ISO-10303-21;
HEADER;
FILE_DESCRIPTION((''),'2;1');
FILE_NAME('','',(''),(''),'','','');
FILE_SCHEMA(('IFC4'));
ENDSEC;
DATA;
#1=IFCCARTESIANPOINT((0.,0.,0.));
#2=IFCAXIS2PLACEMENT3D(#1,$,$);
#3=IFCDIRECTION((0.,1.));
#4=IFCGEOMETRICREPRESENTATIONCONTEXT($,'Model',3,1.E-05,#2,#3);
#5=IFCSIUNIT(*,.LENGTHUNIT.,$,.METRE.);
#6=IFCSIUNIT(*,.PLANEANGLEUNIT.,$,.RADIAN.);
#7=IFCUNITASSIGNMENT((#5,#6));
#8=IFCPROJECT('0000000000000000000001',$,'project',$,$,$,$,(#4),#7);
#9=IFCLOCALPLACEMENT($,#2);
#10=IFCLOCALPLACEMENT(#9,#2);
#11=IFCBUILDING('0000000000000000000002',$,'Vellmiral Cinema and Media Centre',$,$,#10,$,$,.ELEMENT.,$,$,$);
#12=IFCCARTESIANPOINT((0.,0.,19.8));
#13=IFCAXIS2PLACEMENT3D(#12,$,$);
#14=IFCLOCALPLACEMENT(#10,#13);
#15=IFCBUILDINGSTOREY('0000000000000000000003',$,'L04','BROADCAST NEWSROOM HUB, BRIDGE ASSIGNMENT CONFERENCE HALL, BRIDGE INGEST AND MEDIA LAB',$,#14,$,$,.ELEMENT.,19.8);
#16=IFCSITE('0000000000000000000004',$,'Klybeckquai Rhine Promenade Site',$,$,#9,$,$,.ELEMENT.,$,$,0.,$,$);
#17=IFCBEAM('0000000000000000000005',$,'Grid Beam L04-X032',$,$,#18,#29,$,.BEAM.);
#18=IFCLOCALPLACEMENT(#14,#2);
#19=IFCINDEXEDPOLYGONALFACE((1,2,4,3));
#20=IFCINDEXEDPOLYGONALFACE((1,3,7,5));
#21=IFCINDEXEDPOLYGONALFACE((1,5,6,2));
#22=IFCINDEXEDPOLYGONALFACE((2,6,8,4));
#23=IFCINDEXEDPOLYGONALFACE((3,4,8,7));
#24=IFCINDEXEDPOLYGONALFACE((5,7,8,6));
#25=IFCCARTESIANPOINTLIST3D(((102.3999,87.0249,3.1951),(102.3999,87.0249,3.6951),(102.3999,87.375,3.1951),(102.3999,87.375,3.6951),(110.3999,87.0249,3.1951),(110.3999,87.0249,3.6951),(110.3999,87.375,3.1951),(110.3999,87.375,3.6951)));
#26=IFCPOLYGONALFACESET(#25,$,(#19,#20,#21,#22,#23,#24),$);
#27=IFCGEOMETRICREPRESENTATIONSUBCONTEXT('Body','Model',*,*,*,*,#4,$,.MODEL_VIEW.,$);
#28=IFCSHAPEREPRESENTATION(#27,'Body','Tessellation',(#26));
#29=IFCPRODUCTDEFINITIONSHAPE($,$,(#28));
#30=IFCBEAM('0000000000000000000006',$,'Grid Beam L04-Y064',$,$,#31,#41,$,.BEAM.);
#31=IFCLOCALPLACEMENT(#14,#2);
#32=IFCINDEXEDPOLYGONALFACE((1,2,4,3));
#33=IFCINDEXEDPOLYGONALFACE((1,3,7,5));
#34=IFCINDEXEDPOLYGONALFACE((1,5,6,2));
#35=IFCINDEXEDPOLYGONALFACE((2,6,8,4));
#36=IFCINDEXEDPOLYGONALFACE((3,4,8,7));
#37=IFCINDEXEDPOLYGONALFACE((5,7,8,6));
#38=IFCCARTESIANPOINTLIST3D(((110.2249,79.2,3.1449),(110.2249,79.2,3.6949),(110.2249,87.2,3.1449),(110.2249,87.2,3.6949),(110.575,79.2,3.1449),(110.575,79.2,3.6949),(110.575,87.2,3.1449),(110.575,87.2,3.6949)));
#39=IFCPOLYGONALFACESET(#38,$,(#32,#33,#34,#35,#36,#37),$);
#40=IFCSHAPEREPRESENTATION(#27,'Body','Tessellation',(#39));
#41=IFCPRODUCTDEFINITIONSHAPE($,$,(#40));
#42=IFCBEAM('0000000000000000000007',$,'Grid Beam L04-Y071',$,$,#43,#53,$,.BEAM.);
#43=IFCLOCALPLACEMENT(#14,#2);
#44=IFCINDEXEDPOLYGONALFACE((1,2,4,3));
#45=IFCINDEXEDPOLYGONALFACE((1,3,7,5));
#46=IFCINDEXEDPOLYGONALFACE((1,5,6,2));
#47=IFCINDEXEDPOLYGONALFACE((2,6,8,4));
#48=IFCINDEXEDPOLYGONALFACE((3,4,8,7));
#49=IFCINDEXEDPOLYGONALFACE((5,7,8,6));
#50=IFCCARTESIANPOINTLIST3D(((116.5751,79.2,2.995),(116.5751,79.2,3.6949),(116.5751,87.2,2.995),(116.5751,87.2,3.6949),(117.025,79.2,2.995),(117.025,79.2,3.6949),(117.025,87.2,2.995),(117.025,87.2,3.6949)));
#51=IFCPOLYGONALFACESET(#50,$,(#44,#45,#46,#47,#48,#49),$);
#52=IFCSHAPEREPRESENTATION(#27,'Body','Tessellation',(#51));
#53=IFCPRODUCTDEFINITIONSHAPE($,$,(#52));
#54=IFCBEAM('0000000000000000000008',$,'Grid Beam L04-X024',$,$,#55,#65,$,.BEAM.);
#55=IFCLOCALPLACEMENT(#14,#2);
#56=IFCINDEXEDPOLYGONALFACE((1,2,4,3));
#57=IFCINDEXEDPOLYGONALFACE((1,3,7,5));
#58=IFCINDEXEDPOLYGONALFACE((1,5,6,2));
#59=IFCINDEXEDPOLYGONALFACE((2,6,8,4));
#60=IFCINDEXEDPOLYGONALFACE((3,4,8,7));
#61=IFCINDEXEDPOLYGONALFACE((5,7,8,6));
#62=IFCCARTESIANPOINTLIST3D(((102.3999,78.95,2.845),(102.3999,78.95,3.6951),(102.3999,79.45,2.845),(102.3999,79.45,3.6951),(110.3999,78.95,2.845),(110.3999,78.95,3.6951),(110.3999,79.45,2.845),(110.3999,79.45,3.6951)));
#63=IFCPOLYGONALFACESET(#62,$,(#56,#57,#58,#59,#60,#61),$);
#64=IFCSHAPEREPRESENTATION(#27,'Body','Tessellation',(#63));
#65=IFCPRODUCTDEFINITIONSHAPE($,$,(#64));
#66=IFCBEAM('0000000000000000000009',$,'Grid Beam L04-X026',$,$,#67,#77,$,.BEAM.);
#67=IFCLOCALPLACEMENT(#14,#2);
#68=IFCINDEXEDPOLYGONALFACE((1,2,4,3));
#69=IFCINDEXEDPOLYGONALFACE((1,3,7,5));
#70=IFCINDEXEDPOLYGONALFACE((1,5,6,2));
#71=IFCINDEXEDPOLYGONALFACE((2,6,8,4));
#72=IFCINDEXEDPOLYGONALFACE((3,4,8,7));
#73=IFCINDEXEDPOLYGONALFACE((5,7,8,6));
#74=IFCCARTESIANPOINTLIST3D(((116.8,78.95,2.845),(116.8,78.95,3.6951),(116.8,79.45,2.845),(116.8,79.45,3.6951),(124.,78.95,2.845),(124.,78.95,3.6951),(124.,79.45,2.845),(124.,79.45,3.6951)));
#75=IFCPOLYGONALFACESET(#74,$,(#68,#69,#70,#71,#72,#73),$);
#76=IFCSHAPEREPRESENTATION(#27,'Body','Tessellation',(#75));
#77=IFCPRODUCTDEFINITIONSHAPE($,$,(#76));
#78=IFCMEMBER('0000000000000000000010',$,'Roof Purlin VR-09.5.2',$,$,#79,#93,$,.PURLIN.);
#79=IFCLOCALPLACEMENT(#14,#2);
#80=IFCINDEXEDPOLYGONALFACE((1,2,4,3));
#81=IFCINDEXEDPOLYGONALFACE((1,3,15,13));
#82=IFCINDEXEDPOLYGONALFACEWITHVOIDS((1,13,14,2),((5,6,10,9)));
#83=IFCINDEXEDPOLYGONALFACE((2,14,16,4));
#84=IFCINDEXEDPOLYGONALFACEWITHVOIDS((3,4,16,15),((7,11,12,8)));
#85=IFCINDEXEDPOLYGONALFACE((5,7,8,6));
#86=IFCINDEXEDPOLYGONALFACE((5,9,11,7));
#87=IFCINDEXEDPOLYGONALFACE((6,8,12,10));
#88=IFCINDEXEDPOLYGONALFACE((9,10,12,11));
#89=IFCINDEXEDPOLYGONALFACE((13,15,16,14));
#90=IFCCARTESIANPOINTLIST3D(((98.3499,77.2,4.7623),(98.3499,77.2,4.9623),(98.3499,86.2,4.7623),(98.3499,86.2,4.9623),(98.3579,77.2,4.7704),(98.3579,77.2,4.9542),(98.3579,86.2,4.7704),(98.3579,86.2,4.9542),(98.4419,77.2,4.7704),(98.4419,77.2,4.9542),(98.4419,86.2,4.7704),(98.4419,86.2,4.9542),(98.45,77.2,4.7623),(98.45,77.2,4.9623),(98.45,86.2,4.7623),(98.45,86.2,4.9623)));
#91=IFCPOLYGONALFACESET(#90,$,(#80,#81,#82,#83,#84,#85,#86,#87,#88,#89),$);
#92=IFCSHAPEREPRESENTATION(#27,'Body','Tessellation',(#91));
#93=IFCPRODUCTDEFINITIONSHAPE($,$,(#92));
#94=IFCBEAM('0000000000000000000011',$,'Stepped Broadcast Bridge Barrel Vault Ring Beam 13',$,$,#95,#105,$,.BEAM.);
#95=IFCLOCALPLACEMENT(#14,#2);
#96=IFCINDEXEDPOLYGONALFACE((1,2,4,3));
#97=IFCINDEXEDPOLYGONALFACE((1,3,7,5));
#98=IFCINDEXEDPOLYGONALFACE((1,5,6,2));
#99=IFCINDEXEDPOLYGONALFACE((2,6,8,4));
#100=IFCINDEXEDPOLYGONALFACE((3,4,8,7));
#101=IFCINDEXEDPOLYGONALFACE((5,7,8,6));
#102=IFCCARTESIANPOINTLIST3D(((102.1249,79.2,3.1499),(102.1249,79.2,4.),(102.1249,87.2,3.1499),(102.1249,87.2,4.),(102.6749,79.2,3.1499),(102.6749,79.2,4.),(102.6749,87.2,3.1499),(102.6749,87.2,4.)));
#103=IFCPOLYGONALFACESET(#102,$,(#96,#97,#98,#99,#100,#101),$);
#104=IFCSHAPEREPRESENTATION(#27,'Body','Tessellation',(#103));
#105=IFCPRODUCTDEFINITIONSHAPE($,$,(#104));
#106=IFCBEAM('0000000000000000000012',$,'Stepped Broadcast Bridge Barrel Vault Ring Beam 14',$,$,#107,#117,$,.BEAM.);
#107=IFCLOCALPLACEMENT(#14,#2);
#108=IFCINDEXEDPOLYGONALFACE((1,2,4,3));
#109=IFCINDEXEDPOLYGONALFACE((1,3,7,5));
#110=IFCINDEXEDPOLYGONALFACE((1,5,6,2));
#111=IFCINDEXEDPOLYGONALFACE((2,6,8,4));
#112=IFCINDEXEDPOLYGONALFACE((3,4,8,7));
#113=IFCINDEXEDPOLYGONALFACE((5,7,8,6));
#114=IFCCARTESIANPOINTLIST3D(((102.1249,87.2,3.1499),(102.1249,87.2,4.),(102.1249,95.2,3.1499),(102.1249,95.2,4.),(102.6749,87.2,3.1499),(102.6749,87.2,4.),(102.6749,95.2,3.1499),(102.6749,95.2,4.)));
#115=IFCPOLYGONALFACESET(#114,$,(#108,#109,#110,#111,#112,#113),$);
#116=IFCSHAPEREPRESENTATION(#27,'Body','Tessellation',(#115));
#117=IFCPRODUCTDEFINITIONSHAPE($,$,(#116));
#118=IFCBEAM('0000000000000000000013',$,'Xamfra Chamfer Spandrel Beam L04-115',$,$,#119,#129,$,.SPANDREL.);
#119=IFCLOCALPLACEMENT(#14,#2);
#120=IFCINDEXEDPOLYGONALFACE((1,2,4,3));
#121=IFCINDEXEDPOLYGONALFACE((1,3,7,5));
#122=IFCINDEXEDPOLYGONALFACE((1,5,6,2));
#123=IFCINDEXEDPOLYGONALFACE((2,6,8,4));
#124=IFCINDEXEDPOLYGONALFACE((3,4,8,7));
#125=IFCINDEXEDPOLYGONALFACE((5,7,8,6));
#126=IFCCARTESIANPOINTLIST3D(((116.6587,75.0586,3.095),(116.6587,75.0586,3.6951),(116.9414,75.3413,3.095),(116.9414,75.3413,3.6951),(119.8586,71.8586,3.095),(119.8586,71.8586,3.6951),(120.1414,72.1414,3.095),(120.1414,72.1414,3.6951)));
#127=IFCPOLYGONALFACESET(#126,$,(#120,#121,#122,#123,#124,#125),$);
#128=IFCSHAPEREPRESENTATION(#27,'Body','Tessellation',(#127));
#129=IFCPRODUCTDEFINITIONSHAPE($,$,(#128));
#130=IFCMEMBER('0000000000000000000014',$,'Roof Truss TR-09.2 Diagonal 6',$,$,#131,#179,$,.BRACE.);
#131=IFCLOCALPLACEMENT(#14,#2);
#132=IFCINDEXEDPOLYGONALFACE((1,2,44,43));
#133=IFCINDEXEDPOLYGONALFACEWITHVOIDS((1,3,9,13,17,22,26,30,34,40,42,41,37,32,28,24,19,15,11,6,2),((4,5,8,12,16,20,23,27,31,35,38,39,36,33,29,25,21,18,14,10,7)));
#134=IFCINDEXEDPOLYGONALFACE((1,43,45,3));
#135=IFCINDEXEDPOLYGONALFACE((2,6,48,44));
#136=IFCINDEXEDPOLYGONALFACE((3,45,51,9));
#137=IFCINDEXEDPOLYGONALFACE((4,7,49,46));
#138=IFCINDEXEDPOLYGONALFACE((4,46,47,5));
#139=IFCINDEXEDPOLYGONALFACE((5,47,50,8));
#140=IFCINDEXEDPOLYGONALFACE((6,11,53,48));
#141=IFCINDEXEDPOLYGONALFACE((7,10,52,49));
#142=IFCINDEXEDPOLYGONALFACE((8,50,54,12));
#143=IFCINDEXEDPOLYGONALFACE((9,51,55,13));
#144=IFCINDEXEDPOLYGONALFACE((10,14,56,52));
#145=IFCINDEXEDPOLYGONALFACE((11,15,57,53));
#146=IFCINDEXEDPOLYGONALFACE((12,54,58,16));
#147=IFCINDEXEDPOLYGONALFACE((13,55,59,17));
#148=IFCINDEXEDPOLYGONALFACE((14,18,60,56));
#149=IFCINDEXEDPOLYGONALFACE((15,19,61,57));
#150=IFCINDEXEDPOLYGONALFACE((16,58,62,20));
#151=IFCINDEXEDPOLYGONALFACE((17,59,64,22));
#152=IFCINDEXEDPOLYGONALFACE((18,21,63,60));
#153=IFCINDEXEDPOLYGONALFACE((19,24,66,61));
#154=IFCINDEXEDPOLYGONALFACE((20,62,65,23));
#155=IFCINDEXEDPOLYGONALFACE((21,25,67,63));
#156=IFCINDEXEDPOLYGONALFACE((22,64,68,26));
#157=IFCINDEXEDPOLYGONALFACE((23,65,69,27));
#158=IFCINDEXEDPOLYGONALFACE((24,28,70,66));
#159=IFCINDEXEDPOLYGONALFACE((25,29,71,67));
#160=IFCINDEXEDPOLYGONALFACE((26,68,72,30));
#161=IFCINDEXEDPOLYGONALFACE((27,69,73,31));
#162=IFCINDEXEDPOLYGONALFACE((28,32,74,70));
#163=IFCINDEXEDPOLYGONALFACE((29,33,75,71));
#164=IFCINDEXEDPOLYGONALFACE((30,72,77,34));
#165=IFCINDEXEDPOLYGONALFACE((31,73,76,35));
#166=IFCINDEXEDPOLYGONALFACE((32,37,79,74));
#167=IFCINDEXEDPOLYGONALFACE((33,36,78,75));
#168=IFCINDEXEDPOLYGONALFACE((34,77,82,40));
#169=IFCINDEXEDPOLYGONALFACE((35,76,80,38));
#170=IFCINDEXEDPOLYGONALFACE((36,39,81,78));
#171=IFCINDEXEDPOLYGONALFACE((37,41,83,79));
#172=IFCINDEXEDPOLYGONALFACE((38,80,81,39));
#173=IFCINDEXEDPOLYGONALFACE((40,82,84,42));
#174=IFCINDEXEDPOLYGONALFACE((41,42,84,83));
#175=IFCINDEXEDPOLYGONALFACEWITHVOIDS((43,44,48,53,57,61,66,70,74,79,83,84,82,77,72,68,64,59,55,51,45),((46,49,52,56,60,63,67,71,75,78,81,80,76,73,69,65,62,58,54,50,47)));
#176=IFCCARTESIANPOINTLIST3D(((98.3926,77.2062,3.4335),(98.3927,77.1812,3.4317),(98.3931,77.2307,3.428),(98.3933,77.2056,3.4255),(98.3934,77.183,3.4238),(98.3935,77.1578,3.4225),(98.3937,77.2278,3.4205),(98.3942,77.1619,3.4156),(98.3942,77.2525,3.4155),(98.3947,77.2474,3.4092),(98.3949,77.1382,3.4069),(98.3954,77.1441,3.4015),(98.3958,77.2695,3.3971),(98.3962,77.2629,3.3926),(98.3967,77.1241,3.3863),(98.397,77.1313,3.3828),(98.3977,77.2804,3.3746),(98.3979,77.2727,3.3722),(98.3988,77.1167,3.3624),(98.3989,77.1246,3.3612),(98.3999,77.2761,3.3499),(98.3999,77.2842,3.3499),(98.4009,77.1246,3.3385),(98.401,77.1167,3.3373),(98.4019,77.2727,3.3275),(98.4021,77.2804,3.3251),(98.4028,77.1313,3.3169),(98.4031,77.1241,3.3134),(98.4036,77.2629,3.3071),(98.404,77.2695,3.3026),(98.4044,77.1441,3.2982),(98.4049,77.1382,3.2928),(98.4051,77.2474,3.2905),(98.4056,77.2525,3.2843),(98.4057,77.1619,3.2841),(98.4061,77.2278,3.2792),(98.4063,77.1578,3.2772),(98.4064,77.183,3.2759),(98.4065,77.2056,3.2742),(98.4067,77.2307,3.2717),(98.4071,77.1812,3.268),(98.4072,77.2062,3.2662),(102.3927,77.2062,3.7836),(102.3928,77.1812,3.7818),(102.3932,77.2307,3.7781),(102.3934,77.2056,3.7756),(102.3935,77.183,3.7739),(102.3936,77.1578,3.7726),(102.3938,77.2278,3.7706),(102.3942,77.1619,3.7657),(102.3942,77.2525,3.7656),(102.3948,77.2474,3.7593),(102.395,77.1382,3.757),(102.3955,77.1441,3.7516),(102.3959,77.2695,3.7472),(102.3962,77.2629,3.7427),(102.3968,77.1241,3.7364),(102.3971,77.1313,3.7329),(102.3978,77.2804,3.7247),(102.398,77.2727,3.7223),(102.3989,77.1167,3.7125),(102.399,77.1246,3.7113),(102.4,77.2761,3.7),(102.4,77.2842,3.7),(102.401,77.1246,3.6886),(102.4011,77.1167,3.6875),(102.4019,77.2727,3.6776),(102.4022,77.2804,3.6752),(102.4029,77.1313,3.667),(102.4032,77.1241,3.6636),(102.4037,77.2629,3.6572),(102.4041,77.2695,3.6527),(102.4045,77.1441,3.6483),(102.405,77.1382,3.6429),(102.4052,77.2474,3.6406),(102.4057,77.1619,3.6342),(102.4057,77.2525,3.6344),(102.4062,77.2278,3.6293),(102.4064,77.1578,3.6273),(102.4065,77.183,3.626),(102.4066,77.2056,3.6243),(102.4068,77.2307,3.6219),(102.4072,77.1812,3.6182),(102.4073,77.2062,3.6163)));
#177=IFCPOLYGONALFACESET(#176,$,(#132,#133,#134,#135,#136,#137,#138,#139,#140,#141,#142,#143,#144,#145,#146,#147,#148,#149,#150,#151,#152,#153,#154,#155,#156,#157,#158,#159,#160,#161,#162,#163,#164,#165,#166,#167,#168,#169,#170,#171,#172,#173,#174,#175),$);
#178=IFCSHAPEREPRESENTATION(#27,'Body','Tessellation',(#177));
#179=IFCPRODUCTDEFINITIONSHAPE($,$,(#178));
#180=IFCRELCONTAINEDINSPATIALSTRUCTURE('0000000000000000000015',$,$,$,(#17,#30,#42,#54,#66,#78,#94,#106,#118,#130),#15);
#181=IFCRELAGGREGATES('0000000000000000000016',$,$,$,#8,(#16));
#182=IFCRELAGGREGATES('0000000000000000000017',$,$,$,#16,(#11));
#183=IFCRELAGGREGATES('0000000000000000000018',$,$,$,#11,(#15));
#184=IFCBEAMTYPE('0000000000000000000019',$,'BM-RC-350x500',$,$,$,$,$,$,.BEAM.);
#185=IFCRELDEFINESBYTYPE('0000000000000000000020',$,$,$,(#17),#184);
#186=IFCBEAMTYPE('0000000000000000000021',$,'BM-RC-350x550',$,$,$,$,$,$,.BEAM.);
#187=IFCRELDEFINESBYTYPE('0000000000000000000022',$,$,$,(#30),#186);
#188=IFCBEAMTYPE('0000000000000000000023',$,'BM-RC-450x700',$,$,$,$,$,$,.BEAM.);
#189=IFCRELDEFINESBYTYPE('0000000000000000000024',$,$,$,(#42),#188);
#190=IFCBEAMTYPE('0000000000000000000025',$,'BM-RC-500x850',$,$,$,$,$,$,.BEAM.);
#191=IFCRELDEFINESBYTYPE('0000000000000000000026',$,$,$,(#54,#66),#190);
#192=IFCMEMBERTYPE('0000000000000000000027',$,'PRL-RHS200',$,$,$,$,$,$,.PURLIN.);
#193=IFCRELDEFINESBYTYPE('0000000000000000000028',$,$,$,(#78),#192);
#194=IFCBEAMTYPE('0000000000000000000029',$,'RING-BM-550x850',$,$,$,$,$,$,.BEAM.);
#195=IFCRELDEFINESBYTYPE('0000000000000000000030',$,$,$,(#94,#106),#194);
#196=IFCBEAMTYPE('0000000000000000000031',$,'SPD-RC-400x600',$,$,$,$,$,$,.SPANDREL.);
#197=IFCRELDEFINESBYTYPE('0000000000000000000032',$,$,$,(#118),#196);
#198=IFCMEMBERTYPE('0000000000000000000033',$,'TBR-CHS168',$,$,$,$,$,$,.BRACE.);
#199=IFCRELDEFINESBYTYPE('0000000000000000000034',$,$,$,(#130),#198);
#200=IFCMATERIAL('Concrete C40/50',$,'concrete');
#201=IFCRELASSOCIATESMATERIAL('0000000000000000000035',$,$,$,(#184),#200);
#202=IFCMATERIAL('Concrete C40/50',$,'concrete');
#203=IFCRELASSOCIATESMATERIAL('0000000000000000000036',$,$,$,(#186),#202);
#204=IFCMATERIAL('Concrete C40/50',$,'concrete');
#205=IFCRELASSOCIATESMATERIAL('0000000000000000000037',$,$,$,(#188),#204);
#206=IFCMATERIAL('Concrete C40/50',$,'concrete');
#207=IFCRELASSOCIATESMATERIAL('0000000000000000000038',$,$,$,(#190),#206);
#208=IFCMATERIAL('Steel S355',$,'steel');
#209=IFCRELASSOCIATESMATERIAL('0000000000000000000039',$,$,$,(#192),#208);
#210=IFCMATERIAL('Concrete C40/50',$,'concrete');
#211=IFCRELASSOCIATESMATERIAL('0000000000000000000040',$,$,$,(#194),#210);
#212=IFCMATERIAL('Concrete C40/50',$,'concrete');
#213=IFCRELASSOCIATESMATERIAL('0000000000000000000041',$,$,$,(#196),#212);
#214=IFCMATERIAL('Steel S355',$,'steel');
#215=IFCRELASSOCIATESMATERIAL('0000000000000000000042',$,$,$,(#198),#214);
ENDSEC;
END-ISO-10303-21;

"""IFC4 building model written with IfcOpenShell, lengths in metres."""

from ifc_helpers import new_model, si_unit, direction, frame, origin, origin_2d, place, context, subcontext, project, spatial, rectangle, hollow_rectangle, hollow_circle, extrude, material, material_profile, profile_set, type_object, element, save


model = new_model("IFC4")

# Units and contexts
model_context = context("Model", 3, precision=1e-05, world=origin(), true_north=direction((0.0, 1.0)))
body_context = subcontext(model_context, "Body", "Model", "MODEL_VIEW")
ifc_project = project(units=[si_unit("LENGTHUNIT", "METRE"), si_unit("PLANEANGLEUNIT", "RADIAN")], contexts=[model_context])

# Site, building, storey
site_placement = place(None, origin())
site = spatial("IfcSite", under=ifc_project, at=site_placement, Name="Klybeckquai Rhine Promenade Site", CompositionType="ELEMENT", RefElevation=0.0)
building_placement = place(site_placement, origin())
building = spatial("IfcBuilding", under=site, at=building_placement, Name="Vellmiral Cinema and Media Centre", CompositionType="ELEMENT")
storey_placement = place(building_placement, frame((0.0, 0.0, 19.8)))
storey = spatial("IfcBuildingStorey", under=building, at=storey_placement, Name="L04", Description="BROADCAST NEWSROOM HUB, BRIDGE ASSIGNMENT CONFERENCE HALL, BRIDGE INGEST AND MEDIA LAB", CompositionType="ELEMENT", Elevation=19.8)

# Beams
ifc_material_1 = material(Name="Concrete C40/50", Category="concrete")
ifc_material_profile_1 = material_profile(ifc_material_1, rectangle(XDim=0.3501, YDim=0.5, at=origin_2d()), Name="RC 350x500")
ifc_profile_set_1 = profile_set([ifc_material_profile_1], Name="Concrete C40/50")
beam_type_1 = type_object("IfcBeamType", Name="BM-RC-350x500", PredefinedType="BEAM", material=ifc_profile_set_1)
beam_1_placement = place(storey_placement, frame((102.3999, 87.2, 3.4451), z_axis=(1.0, 0.0, 0.0), x_axis=(0.0, 1.0, 0.0)))
element("IfcBeam", 1, at=beam_1_placement, inside=storey, type_object=beam_type_1, Name="Grid Beam L04-X032", PredefinedType="BEAM", context=body_context, shape_type="SweptSolid", body=[
    extrude(rectangle(XDim=0.3501, YDim=0.5, at=origin_2d()), origin(), (0.0, 0.0, 1.0), 8.0),
])
ifc_material_2 = material(Name="Concrete C40/50", Category="concrete")
ifc_material_profile_2 = material_profile(ifc_material_2, rectangle(XDim=0.3501, YDim=0.55, at=origin_2d()), Name="RC 350x550")
ifc_profile_set_2 = profile_set([ifc_material_profile_2], Name="Concrete C40/50")
beam_type_2 = type_object("IfcBeamType", Name="BM-RC-350x550", PredefinedType="BEAM", material=ifc_profile_set_2)
beam_2_placement = place(storey_placement, frame((110.3999, 79.2, 3.4199), z_axis=(0.0, 1.0, 0.0), x_axis=(-1.0, 0.0, 0.0)))
element("IfcBeam", 2, at=beam_2_placement, inside=storey, type_object=beam_type_2, Name="Grid Beam L04-Y064", PredefinedType="BEAM", context=body_context, shape_type="SweptSolid", body=[
    extrude(rectangle(XDim=0.3501, YDim=0.55, at=origin_2d()), origin(), (0.0, 0.0, 1.0), 8.0),
])
ifc_material_3 = material(Name="Concrete C40/50", Category="concrete")
ifc_material_profile_3 = material_profile(ifc_material_3, rectangle(XDim=0.45, YDim=0.7, at=origin_2d()), Name="RC 450x700")
ifc_profile_set_3 = profile_set([ifc_material_profile_3], Name="Concrete C40/50")
beam_type_3 = type_object("IfcBeamType", Name="BM-RC-450x700", PredefinedType="BEAM", material=ifc_profile_set_3)
beam_3_placement = place(storey_placement, frame((116.8, 79.2, 3.345), z_axis=(0.0, 1.0, 0.0), x_axis=(-1.0, 0.0, 0.0)))
element("IfcBeam", 3, at=beam_3_placement, inside=storey, type_object=beam_type_3, Name="Grid Beam L04-Y071", PredefinedType="BEAM", context=body_context, shape_type="SweptSolid", body=[
    extrude(rectangle(XDim=0.45, YDim=0.7, at=origin_2d()), origin(), (0.0, 0.0, 1.0), 8.0),
])
ifc_material_4 = material(Name="Concrete C40/50", Category="concrete")
ifc_material_profile_4 = material_profile(ifc_material_4, rectangle(XDim=0.5, YDim=0.8501, at=origin_2d()), Name="RC 500x850")
ifc_profile_set_4 = profile_set([ifc_material_profile_4], Name="Concrete C40/50")
beam_type_4 = type_object("IfcBeamType", Name="BM-RC-500x850", PredefinedType="BEAM", material=ifc_profile_set_4)
beam_4_placement = place(storey_placement, frame((102.3999, 79.2, 3.27), z_axis=(1.0, 0.0, 0.0), x_axis=(0.0, 1.0, 0.0)))
element("IfcBeam", 4, at=beam_4_placement, inside=storey, type_object=beam_type_4, Name="Grid Beam L04-X024", PredefinedType="BEAM", context=body_context, shape_type="SweptSolid", body=[
    extrude(rectangle(XDim=0.5, YDim=0.8501, at=origin_2d()), origin(), (0.0, 0.0, 1.0), 8.0),
])
beam_5_placement = place(storey_placement, frame((116.8, 79.2, 3.27), z_axis=(1.0, 0.0, 0.0), x_axis=(0.0, 1.0, 0.0)))
element("IfcBeam", 5, at=beam_5_placement, inside=storey, type_object=beam_type_4, Name="Grid Beam L04-X026", PredefinedType="BEAM", context=body_context, shape_type="SweptSolid", body=[
    extrude(rectangle(XDim=0.5, YDim=0.8501, at=origin_2d()), origin(), (0.0, 0.0, 1.0), 7.2),
])

# Member
ifc_material_5 = material(Name="Steel S355", Category="steel")
ifc_material_profile_5 = material_profile(ifc_material_5, hollow_rectangle(XDim=0.1001, YDim=0.2, WallThickness=0.0081, at=origin_2d()), Name="RHS 200x100x8.0")
ifc_profile_set_5 = profile_set([ifc_material_profile_5], Name="Steel S355")
member_type_1 = type_object("IfcMemberType", Name="PRL-RHS200", PredefinedType="PURLIN", material=ifc_profile_set_5)
member_1_placement = place(storey_placement, frame((98.3999, 77.2, 4.8623), z_axis=(0.0, 1.0, 0.0), x_axis=(-1.0, 0.0, 0.0)))
element("IfcMember", 6, at=member_1_placement, inside=storey, type_object=member_type_1, Name="Roof Purlin VR-09.5.2", PredefinedType="PURLIN", context=body_context, shape_type="SweptSolid", body=[
    extrude(hollow_rectangle(XDim=0.1001, YDim=0.2, WallThickness=0.0081, at=origin_2d()), origin(), (0.0, 0.0, 1.0), 9.0),
])

# Beams
ifc_material_6 = material(Name="Concrete C40/50", Category="concrete")
ifc_material_profile_6 = material_profile(ifc_material_6, rectangle(XDim=0.55, YDim=0.8501, at=origin_2d()), Name="RC 550x850")
ifc_profile_set_6 = profile_set([ifc_material_profile_6], Name="Concrete C40/50")
beam_type_5 = type_object("IfcBeamType", Name="RING-BM-550x850", PredefinedType="BEAM", material=ifc_profile_set_6)
for number, where, z_axis, x_axis, name in (
    (7, (102.3999, 79.2, 3.575), (0.0, 1.0, 0.0), (-1.0, 0.0, 0.0), "Stepped Broadcast Bridge Barrel Vault Ring Beam 13"),
    (8, (102.3999, 87.2, 3.575), (0.0, 1.0, 0.0), (-1.0, 0.0, 0.0), "Stepped Broadcast Bridge Barrel Vault Ring Beam 14"),
):
    element("IfcBeam", number, at=place(storey_placement, frame(where, z_axis=z_axis, x_axis=x_axis)), inside=storey, type_object=beam_type_5, Name=name, PredefinedType="BEAM", context=body_context, shape_type="SweptSolid", body=[
        extrude(rectangle(XDim=0.55, YDim=0.8501, at=origin_2d()), origin(), (0.0, 0.0, 1.0), 8.0),
    ])
ifc_material_7 = material(Name="Concrete C40/50", Category="concrete")
ifc_material_profile_7 = material_profile(ifc_material_7, rectangle(XDim=0.3999, YDim=0.6001, at=origin_2d()), Name="RC 400x600")
ifc_profile_set_7 = profile_set([ifc_material_profile_7], Name="Concrete C40/50")
beam_type_6 = type_object("IfcBeamType", Name="SPD-RC-400x600", PredefinedType="SPANDREL", material=ifc_profile_set_7)
beam_6_placement = place(storey_placement, frame((116.8, 75.2, 3.395), z_axis=(0.707107, -0.707107, 0.0), x_axis=(0.707107, 0.707107, 0.0)))
element("IfcBeam", 9, at=beam_6_placement, inside=storey, type_object=beam_type_6, Name="Xamfra Chamfer Spandrel Beam L04-115", PredefinedType="SPANDREL", context=body_context, shape_type="SweptSolid", body=[
    extrude(rectangle(XDim=0.3999, YDim=0.6001, at=origin_2d()), origin(), (0.0, 0.0, 1.0), 4.5254),
])

# Member
ifc_material_8 = material(Name="Steel S355", Category="steel")
ifc_material_profile_8 = material_profile(ifc_material_8, hollow_circle(Radius=0.0842, WallThickness=0.0081, at=origin_2d()), Name="CHS 168.3x8.0")
ifc_profile_set_8 = profile_set([ifc_material_profile_8], Name="Steel S355")
member_type_2 = type_object("IfcMemberType", Name="TBR-CHS168", PredefinedType="BRACE", material=ifc_profile_set_8)
for number, where, z_axis, x_axis, name in (
    (10, (98.3999, 77.2, 3.3499), (0.996192, 0.0, 0.087191), (0.0, 1.0, 0.0), "Roof Truss TR-09.2 Diagonal 6"),
):
    element("IfcMember", number, at=place(storey_placement, frame(where, z_axis=z_axis, x_axis=x_axis)), inside=storey, type_object=member_type_2, Name=name, PredefinedType="BRACE", context=body_context, shape_type="SweptSolid", body=[
        extrude(hollow_circle(Radius=0.0842, WallThickness=0.0081, at=origin_2d()), origin(), (0.0, 0.0, 1.0), 4.0154),
    ])

save(model, "model.ifc")
